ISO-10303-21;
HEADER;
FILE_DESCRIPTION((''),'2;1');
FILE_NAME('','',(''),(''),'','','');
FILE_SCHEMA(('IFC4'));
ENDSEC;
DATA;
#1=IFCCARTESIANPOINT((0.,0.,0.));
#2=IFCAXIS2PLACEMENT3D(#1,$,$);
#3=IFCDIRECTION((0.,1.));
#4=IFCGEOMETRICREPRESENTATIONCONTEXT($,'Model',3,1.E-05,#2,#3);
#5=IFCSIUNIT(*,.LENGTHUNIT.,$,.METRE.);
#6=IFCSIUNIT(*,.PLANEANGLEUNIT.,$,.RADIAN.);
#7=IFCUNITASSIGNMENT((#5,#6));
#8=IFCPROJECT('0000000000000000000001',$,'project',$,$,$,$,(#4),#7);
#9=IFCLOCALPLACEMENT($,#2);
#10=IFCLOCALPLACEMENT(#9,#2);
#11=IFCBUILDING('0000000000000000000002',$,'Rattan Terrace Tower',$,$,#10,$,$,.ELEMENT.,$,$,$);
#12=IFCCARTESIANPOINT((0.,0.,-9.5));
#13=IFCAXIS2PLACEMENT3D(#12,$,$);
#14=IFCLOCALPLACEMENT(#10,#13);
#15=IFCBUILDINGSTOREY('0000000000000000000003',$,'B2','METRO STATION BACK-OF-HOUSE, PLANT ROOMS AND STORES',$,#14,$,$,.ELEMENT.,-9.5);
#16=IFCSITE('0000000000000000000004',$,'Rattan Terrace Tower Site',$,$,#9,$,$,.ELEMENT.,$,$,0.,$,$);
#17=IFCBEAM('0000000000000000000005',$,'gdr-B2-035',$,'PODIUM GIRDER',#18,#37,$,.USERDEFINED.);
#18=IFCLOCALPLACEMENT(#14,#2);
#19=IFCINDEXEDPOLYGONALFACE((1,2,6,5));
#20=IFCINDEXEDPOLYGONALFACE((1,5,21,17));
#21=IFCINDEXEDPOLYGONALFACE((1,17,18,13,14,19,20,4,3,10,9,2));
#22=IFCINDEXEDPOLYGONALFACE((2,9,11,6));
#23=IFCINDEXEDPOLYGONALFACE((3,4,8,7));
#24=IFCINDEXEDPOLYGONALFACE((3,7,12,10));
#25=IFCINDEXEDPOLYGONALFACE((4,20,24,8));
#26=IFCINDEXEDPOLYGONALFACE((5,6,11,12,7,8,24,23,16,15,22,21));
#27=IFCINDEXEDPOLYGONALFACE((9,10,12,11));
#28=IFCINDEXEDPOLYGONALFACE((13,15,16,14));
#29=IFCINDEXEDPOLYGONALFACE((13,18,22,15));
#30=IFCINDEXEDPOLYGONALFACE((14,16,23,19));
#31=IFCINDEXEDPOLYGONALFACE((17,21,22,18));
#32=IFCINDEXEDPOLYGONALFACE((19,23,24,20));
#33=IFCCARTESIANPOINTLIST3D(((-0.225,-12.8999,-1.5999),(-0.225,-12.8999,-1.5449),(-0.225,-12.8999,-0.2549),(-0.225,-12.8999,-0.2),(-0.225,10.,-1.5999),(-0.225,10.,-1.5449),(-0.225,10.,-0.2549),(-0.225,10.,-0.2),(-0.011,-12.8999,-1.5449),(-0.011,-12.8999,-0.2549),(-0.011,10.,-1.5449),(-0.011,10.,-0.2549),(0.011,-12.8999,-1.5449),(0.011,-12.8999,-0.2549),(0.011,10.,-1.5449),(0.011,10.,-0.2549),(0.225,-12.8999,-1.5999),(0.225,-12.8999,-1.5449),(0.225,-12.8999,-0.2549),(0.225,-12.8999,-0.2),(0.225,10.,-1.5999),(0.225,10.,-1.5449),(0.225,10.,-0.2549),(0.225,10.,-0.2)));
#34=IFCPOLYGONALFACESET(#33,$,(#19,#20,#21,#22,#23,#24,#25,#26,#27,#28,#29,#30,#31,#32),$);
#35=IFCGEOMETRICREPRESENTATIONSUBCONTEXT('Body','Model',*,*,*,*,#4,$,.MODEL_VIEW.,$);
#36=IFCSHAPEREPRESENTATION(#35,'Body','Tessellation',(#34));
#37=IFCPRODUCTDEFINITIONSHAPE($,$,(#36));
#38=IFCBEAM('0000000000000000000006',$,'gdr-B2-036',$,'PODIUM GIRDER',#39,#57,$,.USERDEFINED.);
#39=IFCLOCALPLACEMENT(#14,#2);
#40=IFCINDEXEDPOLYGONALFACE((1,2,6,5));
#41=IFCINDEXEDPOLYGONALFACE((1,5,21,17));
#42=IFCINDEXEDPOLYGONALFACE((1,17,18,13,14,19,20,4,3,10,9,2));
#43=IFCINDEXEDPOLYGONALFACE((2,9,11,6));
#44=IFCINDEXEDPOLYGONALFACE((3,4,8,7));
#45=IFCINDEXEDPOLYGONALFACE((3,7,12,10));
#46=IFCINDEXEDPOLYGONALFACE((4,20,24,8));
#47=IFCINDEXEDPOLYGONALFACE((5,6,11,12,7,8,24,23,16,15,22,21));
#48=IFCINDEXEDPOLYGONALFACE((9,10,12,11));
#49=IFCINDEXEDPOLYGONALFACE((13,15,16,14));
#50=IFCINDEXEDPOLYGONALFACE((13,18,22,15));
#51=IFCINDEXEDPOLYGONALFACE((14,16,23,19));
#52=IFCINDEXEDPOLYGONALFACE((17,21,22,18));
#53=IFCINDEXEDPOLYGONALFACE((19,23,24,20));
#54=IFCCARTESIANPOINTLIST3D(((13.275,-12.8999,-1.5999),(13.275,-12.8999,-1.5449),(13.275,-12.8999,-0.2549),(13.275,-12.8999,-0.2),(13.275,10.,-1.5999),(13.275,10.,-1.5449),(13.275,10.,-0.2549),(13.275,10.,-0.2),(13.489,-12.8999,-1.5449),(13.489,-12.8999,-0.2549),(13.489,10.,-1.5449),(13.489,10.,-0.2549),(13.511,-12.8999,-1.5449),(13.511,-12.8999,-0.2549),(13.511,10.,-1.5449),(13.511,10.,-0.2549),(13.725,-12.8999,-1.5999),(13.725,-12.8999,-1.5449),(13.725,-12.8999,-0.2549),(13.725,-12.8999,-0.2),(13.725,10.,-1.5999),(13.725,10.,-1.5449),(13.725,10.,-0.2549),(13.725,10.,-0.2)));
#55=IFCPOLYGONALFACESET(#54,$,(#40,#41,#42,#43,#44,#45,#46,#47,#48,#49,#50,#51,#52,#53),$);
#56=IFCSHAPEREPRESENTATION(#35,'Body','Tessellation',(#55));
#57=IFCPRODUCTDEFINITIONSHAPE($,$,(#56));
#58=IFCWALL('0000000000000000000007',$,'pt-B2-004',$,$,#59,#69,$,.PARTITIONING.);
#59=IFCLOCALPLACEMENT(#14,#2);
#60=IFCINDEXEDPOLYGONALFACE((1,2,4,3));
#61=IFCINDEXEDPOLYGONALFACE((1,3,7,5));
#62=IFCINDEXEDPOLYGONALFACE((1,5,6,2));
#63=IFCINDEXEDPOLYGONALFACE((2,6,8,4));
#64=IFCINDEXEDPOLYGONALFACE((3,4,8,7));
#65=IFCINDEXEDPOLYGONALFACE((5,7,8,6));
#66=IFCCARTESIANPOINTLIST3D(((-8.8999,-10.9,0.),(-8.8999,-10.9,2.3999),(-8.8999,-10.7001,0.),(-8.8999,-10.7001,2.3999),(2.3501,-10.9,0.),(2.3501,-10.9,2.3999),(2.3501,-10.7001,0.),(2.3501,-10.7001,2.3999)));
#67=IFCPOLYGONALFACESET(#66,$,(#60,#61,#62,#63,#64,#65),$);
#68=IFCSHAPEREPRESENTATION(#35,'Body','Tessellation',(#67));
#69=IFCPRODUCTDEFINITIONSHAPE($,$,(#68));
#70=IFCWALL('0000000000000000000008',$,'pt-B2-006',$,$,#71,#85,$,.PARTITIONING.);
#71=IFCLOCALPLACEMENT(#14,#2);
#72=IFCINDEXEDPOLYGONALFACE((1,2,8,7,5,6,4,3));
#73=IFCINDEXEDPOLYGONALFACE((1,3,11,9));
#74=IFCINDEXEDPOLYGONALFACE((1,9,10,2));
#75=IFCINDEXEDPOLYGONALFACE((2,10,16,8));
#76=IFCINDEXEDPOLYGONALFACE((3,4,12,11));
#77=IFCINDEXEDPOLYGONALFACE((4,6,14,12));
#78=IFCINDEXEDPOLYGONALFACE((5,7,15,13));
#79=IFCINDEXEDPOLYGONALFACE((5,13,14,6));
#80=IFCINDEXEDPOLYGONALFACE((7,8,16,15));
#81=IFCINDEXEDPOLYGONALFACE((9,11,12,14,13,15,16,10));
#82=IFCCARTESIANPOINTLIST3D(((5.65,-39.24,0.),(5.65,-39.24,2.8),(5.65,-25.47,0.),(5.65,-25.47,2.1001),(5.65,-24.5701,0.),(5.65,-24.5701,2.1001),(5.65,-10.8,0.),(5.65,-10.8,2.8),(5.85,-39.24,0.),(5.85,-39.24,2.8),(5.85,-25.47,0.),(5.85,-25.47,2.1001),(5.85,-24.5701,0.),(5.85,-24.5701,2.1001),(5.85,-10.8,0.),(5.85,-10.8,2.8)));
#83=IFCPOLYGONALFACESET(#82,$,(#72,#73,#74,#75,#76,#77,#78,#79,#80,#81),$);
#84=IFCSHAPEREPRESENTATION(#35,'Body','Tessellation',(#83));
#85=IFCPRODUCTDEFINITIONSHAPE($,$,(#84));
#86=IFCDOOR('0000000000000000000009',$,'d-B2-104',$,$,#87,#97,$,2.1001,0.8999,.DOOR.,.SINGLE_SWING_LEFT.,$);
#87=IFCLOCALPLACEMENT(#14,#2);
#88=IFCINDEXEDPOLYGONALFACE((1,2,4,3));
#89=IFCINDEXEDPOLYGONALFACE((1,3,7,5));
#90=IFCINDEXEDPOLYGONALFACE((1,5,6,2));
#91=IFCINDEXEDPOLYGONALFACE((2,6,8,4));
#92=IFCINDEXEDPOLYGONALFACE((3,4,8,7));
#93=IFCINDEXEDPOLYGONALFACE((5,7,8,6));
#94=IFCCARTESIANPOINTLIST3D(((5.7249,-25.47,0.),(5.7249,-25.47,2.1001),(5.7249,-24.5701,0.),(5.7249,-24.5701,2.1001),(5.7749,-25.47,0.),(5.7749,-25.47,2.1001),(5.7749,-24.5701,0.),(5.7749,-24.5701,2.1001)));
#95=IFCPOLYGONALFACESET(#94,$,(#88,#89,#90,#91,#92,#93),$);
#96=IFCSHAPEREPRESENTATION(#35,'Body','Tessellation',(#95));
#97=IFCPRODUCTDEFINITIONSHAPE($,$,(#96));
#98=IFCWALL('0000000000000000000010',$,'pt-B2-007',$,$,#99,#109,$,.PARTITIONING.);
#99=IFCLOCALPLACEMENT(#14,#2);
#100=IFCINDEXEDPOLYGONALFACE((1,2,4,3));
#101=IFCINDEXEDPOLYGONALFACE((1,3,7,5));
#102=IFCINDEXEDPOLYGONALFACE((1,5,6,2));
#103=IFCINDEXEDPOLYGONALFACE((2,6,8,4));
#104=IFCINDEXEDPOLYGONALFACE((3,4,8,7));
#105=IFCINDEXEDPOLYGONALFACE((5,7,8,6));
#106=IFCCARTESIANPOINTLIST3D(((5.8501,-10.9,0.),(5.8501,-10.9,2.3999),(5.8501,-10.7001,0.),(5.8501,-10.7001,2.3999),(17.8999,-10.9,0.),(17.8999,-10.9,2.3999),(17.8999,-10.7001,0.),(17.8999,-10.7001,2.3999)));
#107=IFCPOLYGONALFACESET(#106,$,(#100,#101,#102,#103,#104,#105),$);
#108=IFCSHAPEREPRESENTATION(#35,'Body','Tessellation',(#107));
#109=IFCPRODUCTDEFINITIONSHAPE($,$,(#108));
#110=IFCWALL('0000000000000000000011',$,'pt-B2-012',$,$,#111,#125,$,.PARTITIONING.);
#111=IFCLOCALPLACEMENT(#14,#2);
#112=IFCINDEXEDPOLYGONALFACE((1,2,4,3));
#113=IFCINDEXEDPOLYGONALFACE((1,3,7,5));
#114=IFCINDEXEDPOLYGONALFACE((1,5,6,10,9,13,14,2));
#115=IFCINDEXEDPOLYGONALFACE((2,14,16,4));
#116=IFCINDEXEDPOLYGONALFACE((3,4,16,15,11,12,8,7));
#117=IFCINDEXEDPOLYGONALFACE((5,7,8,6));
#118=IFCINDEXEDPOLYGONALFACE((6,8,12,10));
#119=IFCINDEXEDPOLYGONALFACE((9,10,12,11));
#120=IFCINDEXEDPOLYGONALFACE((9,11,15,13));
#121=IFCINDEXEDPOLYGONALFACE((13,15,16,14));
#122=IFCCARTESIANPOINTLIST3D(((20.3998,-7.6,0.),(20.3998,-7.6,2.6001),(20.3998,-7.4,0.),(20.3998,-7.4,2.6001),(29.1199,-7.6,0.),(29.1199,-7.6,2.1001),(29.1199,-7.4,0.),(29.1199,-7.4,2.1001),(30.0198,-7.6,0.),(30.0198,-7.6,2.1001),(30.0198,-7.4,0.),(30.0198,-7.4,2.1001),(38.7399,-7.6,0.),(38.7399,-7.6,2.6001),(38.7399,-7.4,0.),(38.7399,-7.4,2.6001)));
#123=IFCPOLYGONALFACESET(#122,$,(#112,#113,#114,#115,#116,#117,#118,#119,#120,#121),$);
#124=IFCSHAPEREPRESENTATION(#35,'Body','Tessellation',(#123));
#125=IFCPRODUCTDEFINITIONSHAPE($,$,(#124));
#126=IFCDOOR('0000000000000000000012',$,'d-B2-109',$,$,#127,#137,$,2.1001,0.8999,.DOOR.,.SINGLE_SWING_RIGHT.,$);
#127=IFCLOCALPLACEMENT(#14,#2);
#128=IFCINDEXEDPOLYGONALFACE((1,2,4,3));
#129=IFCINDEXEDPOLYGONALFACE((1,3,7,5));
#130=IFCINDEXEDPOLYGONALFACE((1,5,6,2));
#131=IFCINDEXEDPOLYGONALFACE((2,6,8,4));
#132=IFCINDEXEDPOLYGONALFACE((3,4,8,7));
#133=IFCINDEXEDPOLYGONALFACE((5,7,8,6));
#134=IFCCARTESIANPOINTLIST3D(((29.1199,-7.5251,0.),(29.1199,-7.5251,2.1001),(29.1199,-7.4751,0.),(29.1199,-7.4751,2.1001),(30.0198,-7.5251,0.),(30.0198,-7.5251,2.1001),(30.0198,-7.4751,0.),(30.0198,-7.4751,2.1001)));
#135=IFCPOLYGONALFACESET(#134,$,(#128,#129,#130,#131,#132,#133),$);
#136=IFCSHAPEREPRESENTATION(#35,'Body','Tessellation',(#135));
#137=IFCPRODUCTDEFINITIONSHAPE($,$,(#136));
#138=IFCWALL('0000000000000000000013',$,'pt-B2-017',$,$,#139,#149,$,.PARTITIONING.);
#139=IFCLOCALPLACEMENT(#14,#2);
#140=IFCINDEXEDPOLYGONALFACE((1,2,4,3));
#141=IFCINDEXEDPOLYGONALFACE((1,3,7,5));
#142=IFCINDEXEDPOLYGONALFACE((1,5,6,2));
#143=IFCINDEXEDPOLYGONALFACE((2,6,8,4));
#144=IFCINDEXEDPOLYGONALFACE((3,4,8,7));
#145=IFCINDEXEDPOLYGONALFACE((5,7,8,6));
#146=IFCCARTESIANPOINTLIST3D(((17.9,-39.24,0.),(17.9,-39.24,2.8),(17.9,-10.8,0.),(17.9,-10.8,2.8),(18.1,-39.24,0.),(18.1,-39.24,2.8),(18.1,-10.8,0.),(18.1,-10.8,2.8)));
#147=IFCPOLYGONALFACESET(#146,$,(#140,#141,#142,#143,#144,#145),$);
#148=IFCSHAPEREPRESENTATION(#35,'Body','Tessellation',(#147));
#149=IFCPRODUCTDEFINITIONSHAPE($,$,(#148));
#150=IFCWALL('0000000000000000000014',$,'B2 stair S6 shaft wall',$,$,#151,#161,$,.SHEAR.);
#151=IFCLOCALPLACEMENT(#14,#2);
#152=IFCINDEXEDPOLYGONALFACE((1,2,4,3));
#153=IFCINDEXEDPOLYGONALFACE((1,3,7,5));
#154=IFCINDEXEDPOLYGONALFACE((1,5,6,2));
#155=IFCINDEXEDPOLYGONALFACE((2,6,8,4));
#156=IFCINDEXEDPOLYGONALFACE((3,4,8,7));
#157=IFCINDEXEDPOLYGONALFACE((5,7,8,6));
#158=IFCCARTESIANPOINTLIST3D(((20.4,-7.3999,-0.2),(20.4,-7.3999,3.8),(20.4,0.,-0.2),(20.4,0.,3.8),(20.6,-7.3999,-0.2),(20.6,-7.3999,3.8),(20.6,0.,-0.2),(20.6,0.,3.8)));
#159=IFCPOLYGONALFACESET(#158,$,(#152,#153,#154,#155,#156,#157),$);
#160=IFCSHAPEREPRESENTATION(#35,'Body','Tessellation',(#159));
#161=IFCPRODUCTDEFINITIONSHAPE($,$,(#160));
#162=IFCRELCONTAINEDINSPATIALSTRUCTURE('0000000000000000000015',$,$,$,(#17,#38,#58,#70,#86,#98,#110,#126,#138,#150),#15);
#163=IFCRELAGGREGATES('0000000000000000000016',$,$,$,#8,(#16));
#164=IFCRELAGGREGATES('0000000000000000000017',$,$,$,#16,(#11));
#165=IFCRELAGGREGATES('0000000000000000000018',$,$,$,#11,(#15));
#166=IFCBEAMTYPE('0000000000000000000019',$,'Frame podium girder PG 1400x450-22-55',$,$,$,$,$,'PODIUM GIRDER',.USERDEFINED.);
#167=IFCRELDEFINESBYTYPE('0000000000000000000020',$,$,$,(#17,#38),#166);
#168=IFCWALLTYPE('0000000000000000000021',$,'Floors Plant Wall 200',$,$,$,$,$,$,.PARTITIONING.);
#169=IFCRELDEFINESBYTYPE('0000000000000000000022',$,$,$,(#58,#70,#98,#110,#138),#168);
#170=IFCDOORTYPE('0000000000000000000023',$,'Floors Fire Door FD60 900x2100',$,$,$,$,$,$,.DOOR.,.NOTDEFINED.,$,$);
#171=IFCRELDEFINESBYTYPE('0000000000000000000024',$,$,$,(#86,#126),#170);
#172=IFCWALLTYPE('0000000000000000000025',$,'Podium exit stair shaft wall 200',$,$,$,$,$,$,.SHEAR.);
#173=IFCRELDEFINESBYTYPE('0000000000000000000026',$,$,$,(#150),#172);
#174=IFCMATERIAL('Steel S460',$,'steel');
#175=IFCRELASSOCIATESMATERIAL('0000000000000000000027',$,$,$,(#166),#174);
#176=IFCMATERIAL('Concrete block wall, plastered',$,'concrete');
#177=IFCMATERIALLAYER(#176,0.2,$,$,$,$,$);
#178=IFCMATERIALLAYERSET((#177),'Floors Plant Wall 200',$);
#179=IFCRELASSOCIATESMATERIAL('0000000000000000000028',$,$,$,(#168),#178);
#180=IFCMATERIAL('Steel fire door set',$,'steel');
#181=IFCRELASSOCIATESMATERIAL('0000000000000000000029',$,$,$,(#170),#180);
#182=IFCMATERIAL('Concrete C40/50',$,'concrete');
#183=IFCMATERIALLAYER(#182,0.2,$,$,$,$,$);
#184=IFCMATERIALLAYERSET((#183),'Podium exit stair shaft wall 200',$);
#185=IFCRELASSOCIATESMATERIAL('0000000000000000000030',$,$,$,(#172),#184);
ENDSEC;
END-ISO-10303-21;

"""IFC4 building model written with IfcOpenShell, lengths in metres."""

from ifc_helpers import new_model, si_unit, direction, frame, frame_2d, origin, origin_2d, place, context, subcontext, project, spatial, rectangle, i_section, extrude, material, layer, layer_set, material_profile, profile_set, type_object, element, fill, save


model = new_model("IFC4")

# Units and contexts
model_context = context("Model", 3, precision=1e-05, world=origin(), true_north=direction((0.0, 1.0)))
body_context = subcontext(model_context, "Body", "Model", "MODEL_VIEW")
ifc_project = project(units=[si_unit("LENGTHUNIT", "METRE"), si_unit("PLANEANGLEUNIT", "RADIAN")], contexts=[model_context])

# Site, building, storey
site_placement = place(None, origin())
site = spatial("IfcSite", under=ifc_project, at=site_placement, Name="Rattan Terrace Tower Site", CompositionType="ELEMENT", RefElevation=0.0)
building_placement = place(site_placement, origin())
building = spatial("IfcBuilding", under=site, at=building_placement, Name="Rattan Terrace Tower", CompositionType="ELEMENT")
storey_placement = place(building_placement, frame((0.0, 0.0, -9.5)))
storey = spatial("IfcBuildingStorey", under=building, at=storey_placement, Name="B2", Description="METRO STATION BACK-OF-HOUSE, PLANT ROOMS AND STORES", CompositionType="ELEMENT", Elevation=-9.5)

# Beams
ifc_material_1 = material(Name="Steel S460", Category="steel")
ifc_material_profile_1 = material_profile(ifc_material_1, i_section(OverallWidth=0.45, OverallDepth=1.3999, WebThickness=0.022, FlangeThickness=0.0549, at=origin_2d()), Name="PG 1400x450-22-55")
ifc_profile_set_1 = profile_set([ifc_material_profile_1], Name="Steel S460")
beam_type_1 = type_object("IfcBeamType", Name="Frame podium girder PG 1400x450-22-55", ElementType="PODIUM GIRDER", PredefinedType="USERDEFINED", material=ifc_profile_set_1)
for number, where, z_axis, x_axis, name in (
    (1, (0.0, -12.8999, -0.8999), (0.0, 1.0, 0.0), (-1.0, 0.0, 0.0), "gdr-B2-035"),
    (2, (13.5, -12.8999, -0.8999), (0.0, 1.0, 0.0), (-1.0, 0.0, 0.0), "gdr-B2-036"),
):
    element("IfcBeam", number, at=place(storey_placement, frame(where, z_axis=z_axis, x_axis=x_axis)), inside=storey, type_object=beam_type_1, Name=name, ObjectType="PODIUM GIRDER", PredefinedType="USERDEFINED", context=body_context, shape_type="SweptSolid", body=[
        extrude(i_section(OverallWidth=0.45, OverallDepth=1.3999, WebThickness=0.022, FlangeThickness=0.0549, at=origin_2d()), origin(), (0.0, 0.0, 1.0), 22.8999),
    ])

# Wall
ifc_material_2 = material(Name="Concrete block wall, plastered", Category="concrete")
ifc_layer_1 = layer(ifc_material_2, 0.2)
ifc_layer_set_1 = layer_set([ifc_layer_1], Name="Floors Plant Wall 200")
wall_type_1 = type_object("IfcWallType", Name="Floors Plant Wall 200", PredefinedType="PARTITIONING", material=ifc_layer_set_1)
wall_1_placement = place(storey_placement, frame((2.3501, -10.8, 0.0), z_axis=(0.0, 0.0, 1.0), x_axis=(-1.0, 0.0, 0.0)))
element("IfcWall", 3, at=wall_1_placement, inside=storey, type_object=wall_type_1, Name="pt-B2-004", PredefinedType="PARTITIONING", context=body_context, shape_type="SweptSolid", body=[
    extrude(rectangle(XDim=11.25, YDim=0.2, at=frame_2d((5.625, 0.0))), origin(), (0.0, 0.0, 1.0), 2.3999),
])

# Wall, opening, door
wall_2_placement = place(storey_placement, frame((5.75, -10.8, 0.0), z_axis=(0.0, 0.0, 1.0), x_axis=(0.0, -1.0, 0.0)))
wall_2 = element("IfcWall", 4, at=wall_2_placement, inside=storey, type_object=wall_type_1, Name="pt-B2-006", PredefinedType="PARTITIONING", context=body_context, shape_type="SweptSolid", body=[
    extrude(rectangle(XDim=28.4399, YDim=0.2, at=frame_2d((14.22, 0.0))), origin(), (0.0, 0.0, 1.0), 2.8),
])
opening_1_placement = place(wall_2_placement, frame((13.77, 0.0, 0.0)))
opening_1 = element("IfcOpeningElement", 5, at=opening_1_placement, cuts=wall_2, PredefinedType="OPENING", context=body_context, shape_type="SweptSolid", body=[
    extrude(rectangle(XDim=0.8999, YDim=2.1001, at=frame_2d((0.45, 1.05))), frame((0.0, 0.1106, 0.0), z_axis=(0.0, -1.0, 0.0), x_axis=(1.0, 0.0, 0.0)), (0.0, 0.0, 1.0), 0.2209),
])
ifc_material_3 = material(Name="Steel fire door set", Category="steel")
door_type = type_object("IfcDoorType", Name="Floors Fire Door FD60 900x2100", OperationType="NOTDEFINED", PredefinedType="DOOR", material=ifc_material_3)
door_1_placement = place(opening_1_placement, origin())
door_1 = element("IfcDoor", 6, at=door_1_placement, inside=storey, type_object=door_type, Name="d-B2-104", OperationType="SINGLE_SWING_LEFT", OverallHeight=2.1001, OverallWidth=0.8999, PredefinedType="DOOR", context=body_context, shape_type="SweptSolid", body=[
    extrude(rectangle(XDim=0.8999, YDim=2.1001, at=frame_2d((0.45, 1.05))), frame((0.0, 0.0249, 0.0), z_axis=(0.0, -1.0, 0.0), x_axis=(1.0, 0.0, 0.0)), (0.0, 0.0, 1.0), 0.05),
])
fill(opening_1, door_1)

# Wall
wall_3_placement = place(storey_placement, frame((17.8999, -10.8, 0.0), z_axis=(0.0, 0.0, 1.0), x_axis=(-1.0, 0.0, 0.0)))
element("IfcWall", 7, at=wall_3_placement, inside=storey, type_object=wall_type_1, Name="pt-B2-007", PredefinedType="PARTITIONING", context=body_context, shape_type="SweptSolid", body=[
    extrude(rectangle(XDim=12.0498, YDim=0.2, at=frame_2d((6.0249, 0.0))), origin(), (0.0, 0.0, 1.0), 2.3999),
])

# Wall, opening, door
wall_4_placement = place(storey_placement, frame((20.3999, -7.5, 0.0), z_axis=(0.0, 0.0, 1.0), x_axis=(1.0, 0.0, 0.0)))
wall_4 = element("IfcWall", 8, at=wall_4_placement, inside=storey, type_object=wall_type_1, Name="pt-B2-012", PredefinedType="PARTITIONING", context=body_context, shape_type="SweptSolid", body=[
    extrude(rectangle(XDim=18.3401, YDim=0.2, at=frame_2d((9.1699, 0.0))), origin(), (0.0, 0.0, 1.0), 2.6001),
])
opening_2_placement = place(wall_4_placement, frame((8.72, 0.0, 0.0)))
opening_2 = element("IfcOpeningElement", 9, at=opening_2_placement, cuts=wall_4, PredefinedType="OPENING", context=body_context, shape_type="SweptSolid", body=[
    extrude(rectangle(XDim=0.8999, YDim=2.1001, at=frame_2d((0.45, 1.05))), frame((0.0, 0.1106, 0.0), z_axis=(0.0, -1.0, 0.0), x_axis=(1.0, 0.0, 0.0)), (0.0, 0.0, 1.0), 0.2209),
])
door_2_placement = place(opening_2_placement, origin())
door_2 = element("IfcDoor", 10, at=door_2_placement, inside=storey, type_object=door_type, Name="d-B2-109", OperationType="SINGLE_SWING_RIGHT", OverallHeight=2.1001, OverallWidth=0.8999, PredefinedType="DOOR", context=body_context, shape_type="SweptSolid", body=[
    extrude(rectangle(XDim=0.8999, YDim=2.1001, at=frame_2d((0.45, 1.05))), frame((0.0, 0.0249, 0.0), z_axis=(0.0, -1.0, 0.0), x_axis=(1.0, 0.0, 0.0)), (0.0, 0.0, 1.0), 0.05),
])
fill(opening_2, door_2)

# Walls
wall_5_placement = place(storey_placement, frame((18.0, -10.8, 0.0), z_axis=(0.0, 0.0, 1.0), x_axis=(0.0, -1.0, 0.0)))
element("IfcWall", 11, at=wall_5_placement, inside=storey, type_object=wall_type_1, Name="pt-B2-017", PredefinedType="PARTITIONING", context=body_context, shape_type="SweptSolid", body=[
    extrude(rectangle(XDim=28.4399, YDim=0.2, at=frame_2d((14.22, 0.0))), origin(), (0.0, 0.0, 1.0), 2.8),
])
ifc_material_4 = material(Name="Concrete C40/50", Category="concrete")
ifc_layer_2 = layer(ifc_material_4, 0.2)
ifc_layer_set_2 = layer_set([ifc_layer_2], Name="Podium exit stair shaft wall 200")
wall_type_2 = type_object("IfcWallType", Name="Podium exit stair shaft wall 200", PredefinedType="SHEAR", material=ifc_layer_set_2)
wall_6_placement = place(storey_placement, frame((20.5, -7.3999, -0.2), z_axis=(0.0, 0.0, 1.0), x_axis=(0.0, 1.0, 0.0)))
element("IfcWall", 12, at=wall_6_placement, inside=storey, type_object=wall_type_2, Name="B2 stair S6 shaft wall", PredefinedType="SHEAR", context=body_context, shape_type="SweptSolid", body=[
    extrude(rectangle(XDim=7.3999, YDim=0.2, at=frame_2d((3.7, 0.0))), origin(), (0.0, 0.0, 1.0), 4.0),
])

save(model, "model.ifc")
